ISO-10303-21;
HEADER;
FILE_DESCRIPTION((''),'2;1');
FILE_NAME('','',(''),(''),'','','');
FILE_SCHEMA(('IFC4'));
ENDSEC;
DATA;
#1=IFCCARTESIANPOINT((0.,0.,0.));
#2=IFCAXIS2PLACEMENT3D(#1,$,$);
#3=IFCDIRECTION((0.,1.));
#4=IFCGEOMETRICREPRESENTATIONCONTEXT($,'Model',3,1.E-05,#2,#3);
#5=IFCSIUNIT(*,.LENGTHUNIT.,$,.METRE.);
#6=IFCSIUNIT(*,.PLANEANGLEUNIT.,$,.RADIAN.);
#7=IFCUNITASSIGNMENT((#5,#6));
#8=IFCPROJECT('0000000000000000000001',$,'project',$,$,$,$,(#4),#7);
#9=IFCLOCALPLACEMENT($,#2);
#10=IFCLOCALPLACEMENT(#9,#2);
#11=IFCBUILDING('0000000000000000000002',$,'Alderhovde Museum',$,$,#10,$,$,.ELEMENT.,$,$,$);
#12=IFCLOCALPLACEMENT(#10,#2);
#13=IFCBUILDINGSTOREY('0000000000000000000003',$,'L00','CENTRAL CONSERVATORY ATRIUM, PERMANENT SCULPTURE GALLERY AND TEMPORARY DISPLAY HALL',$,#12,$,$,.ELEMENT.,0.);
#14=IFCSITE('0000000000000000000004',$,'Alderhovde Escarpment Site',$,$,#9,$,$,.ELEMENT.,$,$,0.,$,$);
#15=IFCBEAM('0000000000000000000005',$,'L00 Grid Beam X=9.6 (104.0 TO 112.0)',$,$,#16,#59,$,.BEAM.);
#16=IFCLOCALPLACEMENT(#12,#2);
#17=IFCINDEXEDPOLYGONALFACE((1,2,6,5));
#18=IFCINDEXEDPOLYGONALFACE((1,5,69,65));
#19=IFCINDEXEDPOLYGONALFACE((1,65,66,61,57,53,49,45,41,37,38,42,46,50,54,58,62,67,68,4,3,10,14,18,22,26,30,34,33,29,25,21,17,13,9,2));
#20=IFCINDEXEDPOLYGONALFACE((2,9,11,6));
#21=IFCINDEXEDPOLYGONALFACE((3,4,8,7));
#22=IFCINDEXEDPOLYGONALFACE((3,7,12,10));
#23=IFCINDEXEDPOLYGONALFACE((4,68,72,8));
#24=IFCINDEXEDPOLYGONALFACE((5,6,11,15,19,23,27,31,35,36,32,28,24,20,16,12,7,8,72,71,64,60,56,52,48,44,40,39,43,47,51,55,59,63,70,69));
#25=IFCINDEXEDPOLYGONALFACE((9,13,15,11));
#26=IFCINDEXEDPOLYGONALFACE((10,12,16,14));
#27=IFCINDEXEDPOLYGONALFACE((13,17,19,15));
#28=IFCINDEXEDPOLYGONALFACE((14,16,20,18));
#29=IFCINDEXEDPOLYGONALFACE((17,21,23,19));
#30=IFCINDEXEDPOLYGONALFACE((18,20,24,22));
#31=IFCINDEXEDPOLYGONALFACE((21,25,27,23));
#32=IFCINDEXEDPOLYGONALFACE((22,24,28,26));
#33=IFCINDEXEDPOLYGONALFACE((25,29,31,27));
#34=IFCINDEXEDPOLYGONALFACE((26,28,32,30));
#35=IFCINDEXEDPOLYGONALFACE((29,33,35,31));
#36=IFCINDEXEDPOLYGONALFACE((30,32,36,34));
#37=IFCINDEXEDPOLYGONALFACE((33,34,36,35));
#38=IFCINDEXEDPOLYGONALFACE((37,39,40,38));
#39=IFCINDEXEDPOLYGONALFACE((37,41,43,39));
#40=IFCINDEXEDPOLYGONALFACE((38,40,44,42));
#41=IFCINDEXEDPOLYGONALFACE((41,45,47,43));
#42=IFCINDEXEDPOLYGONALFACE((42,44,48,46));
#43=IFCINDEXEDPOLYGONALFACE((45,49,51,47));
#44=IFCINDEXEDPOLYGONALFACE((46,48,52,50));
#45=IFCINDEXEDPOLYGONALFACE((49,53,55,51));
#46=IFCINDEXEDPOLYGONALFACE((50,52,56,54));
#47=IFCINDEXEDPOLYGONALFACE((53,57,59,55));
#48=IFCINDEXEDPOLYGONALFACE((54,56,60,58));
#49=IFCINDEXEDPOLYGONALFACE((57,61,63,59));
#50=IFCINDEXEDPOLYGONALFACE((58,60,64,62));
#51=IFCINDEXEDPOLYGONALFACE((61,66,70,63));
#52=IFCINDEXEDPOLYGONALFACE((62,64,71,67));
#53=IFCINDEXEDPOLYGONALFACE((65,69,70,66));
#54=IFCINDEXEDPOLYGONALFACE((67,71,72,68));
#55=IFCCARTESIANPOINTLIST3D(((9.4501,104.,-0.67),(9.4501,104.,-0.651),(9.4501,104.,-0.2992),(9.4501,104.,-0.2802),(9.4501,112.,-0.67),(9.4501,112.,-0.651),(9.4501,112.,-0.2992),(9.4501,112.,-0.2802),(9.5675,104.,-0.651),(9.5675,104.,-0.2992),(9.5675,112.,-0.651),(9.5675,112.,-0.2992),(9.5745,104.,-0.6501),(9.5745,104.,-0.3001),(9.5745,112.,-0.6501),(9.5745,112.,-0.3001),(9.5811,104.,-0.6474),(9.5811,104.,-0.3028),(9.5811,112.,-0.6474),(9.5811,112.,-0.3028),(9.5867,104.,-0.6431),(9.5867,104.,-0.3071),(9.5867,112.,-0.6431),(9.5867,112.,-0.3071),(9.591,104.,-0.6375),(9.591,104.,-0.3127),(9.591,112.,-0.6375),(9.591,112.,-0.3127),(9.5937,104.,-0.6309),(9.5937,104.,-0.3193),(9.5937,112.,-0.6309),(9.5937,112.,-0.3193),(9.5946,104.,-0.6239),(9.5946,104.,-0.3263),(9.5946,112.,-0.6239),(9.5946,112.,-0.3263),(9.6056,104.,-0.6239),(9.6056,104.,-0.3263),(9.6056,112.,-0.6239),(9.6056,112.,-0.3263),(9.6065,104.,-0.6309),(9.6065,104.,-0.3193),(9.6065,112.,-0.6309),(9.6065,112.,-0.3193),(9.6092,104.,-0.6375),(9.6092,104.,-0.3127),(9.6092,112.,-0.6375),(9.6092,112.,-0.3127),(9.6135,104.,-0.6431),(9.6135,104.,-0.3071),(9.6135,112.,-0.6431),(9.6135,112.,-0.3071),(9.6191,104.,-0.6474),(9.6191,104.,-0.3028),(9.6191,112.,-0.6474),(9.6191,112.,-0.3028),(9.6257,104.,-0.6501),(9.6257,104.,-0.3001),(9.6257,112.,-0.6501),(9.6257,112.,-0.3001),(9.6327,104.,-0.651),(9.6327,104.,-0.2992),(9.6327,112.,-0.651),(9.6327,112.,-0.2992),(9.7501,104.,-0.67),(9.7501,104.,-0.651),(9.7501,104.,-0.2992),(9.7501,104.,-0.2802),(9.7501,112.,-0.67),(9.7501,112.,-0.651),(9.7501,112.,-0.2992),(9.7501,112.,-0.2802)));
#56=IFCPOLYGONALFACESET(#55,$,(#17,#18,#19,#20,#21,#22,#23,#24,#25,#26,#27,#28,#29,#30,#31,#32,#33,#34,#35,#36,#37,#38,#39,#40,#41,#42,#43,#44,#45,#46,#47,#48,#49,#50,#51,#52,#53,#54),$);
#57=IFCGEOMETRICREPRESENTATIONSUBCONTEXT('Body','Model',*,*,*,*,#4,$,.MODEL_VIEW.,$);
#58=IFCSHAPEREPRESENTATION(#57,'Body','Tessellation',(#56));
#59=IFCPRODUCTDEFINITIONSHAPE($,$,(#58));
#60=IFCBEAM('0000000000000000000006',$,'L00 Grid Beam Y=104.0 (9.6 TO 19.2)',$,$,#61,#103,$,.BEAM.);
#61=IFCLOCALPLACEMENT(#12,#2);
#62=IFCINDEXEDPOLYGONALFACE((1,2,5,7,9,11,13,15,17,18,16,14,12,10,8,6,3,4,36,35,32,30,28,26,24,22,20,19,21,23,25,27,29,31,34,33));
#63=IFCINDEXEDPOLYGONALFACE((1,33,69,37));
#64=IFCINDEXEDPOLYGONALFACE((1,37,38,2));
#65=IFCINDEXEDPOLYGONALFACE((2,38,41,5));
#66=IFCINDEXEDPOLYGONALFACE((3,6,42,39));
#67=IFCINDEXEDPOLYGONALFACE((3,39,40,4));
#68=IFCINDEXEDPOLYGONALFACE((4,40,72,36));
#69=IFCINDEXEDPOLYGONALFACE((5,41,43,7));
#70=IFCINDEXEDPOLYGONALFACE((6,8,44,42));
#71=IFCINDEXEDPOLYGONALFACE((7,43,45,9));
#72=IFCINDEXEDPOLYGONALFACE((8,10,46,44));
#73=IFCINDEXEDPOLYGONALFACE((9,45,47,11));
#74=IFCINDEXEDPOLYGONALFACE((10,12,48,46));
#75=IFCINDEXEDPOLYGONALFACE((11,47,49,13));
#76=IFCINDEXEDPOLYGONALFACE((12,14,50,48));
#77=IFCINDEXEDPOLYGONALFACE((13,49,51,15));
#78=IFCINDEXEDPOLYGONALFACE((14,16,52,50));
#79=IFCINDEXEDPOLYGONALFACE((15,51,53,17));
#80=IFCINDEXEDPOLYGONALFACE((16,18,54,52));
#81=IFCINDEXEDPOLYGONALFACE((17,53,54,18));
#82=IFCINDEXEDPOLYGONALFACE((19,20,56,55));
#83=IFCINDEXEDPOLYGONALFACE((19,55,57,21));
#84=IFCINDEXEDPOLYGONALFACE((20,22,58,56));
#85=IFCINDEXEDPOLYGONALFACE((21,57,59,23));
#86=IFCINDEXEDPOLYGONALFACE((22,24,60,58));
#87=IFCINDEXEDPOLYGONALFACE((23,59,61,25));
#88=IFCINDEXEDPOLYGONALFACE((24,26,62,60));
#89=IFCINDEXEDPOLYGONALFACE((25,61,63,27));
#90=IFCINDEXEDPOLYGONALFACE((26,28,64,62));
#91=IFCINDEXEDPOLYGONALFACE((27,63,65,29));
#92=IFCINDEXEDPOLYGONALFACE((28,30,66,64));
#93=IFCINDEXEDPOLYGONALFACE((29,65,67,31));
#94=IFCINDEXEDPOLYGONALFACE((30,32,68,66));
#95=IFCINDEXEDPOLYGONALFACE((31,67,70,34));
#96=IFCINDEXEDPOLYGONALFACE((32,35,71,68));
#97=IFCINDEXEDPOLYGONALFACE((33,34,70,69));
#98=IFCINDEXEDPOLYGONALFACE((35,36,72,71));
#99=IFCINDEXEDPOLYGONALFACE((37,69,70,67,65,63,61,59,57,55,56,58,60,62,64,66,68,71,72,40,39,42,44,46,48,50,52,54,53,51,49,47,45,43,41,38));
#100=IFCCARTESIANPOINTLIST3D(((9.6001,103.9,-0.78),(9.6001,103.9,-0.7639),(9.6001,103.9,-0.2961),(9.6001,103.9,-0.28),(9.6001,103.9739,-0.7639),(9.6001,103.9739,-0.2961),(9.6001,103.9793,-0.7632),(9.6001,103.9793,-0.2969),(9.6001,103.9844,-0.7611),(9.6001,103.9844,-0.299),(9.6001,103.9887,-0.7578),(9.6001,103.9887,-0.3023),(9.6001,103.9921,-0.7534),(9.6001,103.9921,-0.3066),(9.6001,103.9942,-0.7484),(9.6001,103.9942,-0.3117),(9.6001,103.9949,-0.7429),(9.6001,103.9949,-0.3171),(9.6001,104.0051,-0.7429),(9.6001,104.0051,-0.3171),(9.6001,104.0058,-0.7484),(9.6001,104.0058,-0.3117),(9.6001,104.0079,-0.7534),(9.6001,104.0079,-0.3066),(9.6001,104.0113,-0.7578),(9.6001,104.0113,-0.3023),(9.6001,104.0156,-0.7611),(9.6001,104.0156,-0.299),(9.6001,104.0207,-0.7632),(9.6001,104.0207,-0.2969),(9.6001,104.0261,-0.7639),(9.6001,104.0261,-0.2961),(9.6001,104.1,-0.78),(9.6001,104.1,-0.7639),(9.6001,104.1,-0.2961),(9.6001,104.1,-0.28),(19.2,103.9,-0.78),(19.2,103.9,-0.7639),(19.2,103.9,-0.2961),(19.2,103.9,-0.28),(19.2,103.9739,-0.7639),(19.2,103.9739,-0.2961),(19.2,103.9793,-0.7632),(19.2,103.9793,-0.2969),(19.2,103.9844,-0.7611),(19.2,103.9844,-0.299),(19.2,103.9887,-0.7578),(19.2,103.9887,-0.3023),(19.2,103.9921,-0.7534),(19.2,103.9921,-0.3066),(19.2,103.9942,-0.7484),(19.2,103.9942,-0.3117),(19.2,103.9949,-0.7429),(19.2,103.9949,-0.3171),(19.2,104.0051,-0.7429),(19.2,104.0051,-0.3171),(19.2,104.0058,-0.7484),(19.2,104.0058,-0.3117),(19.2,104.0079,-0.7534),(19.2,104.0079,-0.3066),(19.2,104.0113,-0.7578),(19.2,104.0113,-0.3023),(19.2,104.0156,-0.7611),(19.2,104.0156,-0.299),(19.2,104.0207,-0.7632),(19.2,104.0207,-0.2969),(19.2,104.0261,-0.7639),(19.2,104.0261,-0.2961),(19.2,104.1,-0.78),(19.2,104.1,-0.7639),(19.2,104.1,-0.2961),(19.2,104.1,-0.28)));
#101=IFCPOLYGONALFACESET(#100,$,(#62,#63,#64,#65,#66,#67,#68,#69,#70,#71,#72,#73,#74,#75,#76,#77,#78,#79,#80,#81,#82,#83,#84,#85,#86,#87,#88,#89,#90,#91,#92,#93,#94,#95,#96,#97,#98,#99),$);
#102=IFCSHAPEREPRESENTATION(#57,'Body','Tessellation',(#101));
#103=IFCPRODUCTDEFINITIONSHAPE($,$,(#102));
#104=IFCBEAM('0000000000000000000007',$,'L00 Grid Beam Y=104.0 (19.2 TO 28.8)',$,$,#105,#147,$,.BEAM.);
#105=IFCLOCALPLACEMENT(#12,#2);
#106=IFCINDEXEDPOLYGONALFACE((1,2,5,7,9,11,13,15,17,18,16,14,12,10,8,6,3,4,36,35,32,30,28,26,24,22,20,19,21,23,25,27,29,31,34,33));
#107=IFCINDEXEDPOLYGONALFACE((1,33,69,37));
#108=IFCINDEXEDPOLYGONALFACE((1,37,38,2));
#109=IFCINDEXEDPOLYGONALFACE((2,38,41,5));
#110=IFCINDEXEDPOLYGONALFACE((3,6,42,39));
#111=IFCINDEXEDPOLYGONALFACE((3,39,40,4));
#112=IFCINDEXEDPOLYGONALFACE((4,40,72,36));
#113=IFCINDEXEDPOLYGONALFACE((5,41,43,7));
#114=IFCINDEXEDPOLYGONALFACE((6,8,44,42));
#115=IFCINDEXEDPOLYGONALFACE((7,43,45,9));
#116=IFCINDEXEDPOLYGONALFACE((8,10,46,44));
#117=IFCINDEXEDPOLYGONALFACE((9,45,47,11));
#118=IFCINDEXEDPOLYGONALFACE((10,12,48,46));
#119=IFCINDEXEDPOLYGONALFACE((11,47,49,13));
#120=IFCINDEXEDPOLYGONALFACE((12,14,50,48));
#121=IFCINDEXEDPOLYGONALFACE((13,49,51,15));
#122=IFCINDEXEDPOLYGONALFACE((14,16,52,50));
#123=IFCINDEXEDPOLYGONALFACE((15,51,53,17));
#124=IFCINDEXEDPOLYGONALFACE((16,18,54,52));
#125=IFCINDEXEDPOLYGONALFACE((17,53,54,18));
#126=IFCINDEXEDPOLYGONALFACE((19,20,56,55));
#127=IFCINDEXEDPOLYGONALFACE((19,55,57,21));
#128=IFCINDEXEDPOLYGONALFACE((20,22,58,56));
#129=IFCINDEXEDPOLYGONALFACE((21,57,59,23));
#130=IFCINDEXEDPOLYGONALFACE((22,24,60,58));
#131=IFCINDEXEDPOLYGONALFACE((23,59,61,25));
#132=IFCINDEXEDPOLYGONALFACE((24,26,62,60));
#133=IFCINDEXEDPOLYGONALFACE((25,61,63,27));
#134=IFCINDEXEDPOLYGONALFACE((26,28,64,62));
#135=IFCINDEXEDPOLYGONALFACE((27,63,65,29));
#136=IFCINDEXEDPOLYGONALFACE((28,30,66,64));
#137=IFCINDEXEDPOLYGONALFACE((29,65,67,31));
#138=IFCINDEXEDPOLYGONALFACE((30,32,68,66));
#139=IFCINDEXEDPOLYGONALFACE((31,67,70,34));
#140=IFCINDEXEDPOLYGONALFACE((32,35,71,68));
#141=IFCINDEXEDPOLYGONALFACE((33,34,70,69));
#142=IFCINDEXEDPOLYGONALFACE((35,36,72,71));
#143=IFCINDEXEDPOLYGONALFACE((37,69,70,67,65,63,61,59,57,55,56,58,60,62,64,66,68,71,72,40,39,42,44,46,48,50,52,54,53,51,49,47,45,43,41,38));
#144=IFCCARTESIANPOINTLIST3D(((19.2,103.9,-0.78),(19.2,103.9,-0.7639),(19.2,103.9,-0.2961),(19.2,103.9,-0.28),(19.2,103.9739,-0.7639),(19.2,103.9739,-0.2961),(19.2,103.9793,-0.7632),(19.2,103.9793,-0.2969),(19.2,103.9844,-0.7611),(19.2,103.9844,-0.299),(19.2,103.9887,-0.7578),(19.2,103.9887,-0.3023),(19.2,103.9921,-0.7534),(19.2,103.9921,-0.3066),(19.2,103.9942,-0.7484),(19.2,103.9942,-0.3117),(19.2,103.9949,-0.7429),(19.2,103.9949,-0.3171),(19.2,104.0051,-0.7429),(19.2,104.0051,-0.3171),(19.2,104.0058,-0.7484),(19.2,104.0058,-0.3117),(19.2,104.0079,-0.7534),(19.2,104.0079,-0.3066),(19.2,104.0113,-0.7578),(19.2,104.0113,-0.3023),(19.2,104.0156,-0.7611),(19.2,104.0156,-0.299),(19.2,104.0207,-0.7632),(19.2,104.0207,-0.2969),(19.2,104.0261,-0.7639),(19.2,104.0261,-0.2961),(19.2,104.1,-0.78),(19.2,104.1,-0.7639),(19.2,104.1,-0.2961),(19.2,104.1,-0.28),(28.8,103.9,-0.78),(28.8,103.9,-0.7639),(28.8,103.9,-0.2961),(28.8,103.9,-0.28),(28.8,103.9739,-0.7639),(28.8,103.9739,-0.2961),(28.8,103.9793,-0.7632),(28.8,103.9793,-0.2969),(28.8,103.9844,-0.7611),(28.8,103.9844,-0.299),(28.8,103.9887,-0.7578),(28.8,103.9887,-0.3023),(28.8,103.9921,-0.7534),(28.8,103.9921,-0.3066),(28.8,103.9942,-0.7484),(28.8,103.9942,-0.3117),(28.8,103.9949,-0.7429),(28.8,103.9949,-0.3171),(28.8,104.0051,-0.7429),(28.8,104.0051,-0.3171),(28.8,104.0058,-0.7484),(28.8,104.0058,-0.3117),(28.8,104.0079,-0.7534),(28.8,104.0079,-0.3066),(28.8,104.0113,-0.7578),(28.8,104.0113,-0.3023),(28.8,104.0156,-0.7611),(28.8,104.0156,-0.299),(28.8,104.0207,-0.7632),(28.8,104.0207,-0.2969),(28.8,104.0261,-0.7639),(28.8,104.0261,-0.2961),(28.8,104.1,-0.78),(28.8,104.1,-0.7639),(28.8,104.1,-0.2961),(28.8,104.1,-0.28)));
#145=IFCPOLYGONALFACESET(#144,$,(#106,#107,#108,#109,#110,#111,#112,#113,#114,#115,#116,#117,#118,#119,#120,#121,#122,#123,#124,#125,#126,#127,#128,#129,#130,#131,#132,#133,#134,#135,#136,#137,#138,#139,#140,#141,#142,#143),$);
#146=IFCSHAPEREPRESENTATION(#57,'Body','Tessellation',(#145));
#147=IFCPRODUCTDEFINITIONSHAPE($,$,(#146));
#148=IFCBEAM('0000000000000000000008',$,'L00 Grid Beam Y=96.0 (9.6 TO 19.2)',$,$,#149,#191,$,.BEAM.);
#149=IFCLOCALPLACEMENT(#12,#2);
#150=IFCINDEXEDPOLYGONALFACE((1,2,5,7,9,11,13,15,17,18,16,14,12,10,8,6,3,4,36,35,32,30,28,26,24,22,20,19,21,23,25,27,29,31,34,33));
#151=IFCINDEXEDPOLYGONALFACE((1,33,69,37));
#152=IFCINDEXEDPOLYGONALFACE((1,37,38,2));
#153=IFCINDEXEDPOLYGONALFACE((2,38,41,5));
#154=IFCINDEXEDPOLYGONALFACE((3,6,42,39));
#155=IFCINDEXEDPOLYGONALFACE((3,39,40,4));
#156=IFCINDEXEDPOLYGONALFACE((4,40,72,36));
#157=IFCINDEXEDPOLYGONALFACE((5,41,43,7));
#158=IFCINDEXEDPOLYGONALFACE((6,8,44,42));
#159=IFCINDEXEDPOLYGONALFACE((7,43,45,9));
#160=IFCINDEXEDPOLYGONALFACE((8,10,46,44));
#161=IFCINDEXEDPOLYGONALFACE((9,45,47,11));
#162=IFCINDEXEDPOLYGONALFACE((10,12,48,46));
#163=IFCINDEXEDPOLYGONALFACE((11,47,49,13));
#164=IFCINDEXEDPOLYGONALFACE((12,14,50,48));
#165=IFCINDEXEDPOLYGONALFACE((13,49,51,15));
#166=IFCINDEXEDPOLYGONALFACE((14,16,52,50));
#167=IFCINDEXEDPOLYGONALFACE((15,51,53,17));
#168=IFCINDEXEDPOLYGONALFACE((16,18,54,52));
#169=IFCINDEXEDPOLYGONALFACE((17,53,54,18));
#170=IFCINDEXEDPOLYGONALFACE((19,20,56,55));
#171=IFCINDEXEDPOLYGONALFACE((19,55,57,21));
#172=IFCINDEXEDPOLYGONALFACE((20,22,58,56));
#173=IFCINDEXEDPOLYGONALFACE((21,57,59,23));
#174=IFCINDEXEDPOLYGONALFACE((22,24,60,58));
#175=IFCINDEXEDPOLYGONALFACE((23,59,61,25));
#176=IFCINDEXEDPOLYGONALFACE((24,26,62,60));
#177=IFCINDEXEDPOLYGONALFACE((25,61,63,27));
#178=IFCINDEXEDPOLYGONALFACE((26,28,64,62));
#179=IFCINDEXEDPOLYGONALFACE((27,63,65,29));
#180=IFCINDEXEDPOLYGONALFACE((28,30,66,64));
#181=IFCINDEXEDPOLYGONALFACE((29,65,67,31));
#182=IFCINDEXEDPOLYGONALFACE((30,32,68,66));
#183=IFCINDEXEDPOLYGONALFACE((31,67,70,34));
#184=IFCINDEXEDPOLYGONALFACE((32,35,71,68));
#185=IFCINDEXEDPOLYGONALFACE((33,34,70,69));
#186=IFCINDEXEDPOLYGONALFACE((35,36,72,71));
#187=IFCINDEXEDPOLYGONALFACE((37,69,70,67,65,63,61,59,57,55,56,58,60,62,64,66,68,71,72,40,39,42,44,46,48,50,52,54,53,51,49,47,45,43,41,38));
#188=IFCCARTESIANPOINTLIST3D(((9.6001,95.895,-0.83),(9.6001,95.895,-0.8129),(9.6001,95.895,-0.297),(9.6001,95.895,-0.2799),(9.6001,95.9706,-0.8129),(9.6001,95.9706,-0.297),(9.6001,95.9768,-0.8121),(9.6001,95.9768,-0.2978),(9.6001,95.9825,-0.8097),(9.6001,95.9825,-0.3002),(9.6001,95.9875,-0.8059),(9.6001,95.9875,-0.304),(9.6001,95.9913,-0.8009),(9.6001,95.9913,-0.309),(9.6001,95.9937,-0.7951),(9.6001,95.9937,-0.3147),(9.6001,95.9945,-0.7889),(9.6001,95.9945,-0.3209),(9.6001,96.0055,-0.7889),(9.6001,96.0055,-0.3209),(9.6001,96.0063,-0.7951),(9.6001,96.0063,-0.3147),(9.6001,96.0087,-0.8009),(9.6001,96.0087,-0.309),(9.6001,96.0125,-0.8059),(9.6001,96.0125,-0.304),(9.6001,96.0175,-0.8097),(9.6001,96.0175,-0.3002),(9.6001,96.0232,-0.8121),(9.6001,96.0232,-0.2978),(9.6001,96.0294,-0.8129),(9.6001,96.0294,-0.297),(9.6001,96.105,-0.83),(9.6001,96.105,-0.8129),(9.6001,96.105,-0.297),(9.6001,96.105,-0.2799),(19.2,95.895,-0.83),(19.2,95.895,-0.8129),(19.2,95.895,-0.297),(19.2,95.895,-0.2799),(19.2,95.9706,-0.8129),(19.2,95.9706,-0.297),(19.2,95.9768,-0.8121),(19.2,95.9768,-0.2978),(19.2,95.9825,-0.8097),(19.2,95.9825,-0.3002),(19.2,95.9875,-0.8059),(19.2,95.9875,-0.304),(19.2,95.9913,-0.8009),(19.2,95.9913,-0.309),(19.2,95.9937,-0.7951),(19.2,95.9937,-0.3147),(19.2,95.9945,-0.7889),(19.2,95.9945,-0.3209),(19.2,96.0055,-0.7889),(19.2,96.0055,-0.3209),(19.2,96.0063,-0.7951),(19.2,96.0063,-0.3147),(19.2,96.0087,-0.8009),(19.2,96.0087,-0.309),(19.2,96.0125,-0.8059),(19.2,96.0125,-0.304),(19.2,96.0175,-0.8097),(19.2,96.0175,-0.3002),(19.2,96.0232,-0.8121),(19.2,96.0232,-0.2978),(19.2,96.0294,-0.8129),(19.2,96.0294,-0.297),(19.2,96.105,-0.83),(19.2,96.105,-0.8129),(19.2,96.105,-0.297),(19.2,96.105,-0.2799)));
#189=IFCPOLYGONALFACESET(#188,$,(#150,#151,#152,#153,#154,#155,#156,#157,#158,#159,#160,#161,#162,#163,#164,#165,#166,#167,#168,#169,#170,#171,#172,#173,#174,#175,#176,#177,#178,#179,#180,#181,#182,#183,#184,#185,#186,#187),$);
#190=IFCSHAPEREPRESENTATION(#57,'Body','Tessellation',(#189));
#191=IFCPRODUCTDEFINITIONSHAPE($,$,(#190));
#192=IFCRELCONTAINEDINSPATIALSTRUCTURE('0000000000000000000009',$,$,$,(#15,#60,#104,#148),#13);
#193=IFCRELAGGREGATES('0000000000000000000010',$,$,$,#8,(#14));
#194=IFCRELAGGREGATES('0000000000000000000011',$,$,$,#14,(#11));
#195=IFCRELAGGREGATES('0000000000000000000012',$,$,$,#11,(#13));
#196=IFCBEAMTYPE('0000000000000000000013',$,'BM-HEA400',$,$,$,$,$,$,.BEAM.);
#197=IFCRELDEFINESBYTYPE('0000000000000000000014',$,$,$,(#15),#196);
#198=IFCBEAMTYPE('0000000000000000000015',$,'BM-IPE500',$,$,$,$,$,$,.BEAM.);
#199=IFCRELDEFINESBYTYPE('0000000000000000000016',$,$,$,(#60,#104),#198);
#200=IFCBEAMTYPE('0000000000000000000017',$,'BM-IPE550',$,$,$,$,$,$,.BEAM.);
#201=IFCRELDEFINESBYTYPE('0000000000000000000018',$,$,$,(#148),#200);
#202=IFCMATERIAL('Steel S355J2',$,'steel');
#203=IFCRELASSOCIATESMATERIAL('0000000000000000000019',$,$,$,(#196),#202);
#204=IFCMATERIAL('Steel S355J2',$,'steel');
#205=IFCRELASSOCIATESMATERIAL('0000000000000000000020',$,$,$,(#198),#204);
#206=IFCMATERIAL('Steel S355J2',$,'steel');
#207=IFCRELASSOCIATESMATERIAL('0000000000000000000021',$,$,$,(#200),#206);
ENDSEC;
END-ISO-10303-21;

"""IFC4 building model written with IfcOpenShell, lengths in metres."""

from ifc_helpers import new_model, si_unit, direction, frame, origin, origin_2d, place, context, subcontext, project, spatial, i_section, extrude, material, material_profile, profile_set, type_object, element, save


model = new_model("IFC4")

# Units and contexts
model_context = context("Model", 3, precision=1e-05, world=origin(), true_north=direction((0.0, 1.0)))
body_context = subcontext(model_context, "Body", "Model", "MODEL_VIEW")
ifc_project = project(units=[si_unit("LENGTHUNIT", "METRE"), si_unit("PLANEANGLEUNIT", "RADIAN")], contexts=[model_context])

# Site, building, storey
site_placement = place(None, origin())
site = spatial("IfcSite", under=ifc_project, at=site_placement, Name="Alderhovde Escarpment Site", CompositionType="ELEMENT", RefElevation=0.0)
building_placement = place(site_placement, origin())
building = spatial("IfcBuilding", under=site, at=building_placement, Name="Alderhovde Museum", CompositionType="ELEMENT")
storey_placement = place(building_placement, origin())
storey = spatial("IfcBuildingStorey", under=building, at=storey_placement, Name="L00", Description="CENTRAL CONSERVATORY ATRIUM, PERMANENT SCULPTURE GALLERY AND TEMPORARY DISPLAY HALL", CompositionType="ELEMENT", Elevation=0.0)

# Beams
ifc_material_1 = material(Name="Steel S355J2", Category="steel")
ifc_material_profile_1 = material_profile(ifc_material_1, i_section(OverallWidth=0.3, OverallDepth=0.3899, WebThickness=0.011, FlangeThickness=0.019, FilletRadius=0.0271, at=origin_2d()), Name="HEA 400")
ifc_profile_set_1 = profile_set([ifc_material_profile_1], Name="Steel S355J2")
beam_type_1 = type_object("IfcBeamType", Name="BM-HEA400", PredefinedType="BEAM", material=ifc_profile_set_1)
for number, where, z_axis, x_axis, name in (
    (1, (9.6001, 104.0, -0.4751), (0.0, 1.0, 0.0), (-1.0, 0.0, 0.0), "L00 Grid Beam X=9.6 (104.0 TO 112.0)"),
):
    element("IfcBeam", number, at=place(storey_placement, frame(where, z_axis=z_axis, x_axis=x_axis)), inside=storey, type_object=beam_type_1, Name=name, PredefinedType="BEAM", context=body_context, shape_type="SweptSolid", body=[
        extrude(i_section(OverallWidth=0.3, OverallDepth=0.3899, WebThickness=0.011, FlangeThickness=0.019, FilletRadius=0.0271, at=origin_2d()), origin(), (0.0, 0.0, 1.0), 8.0),
    ])
ifc_material_2 = material(Name="Steel S355J2", Category="steel")
ifc_material_profile_2 = material_profile(ifc_material_2, i_section(OverallWidth=0.2, OverallDepth=0.5, WebThickness=0.0103, FlangeThickness=0.0161, FilletRadius=0.021, at=origin_2d()), Name="IPE 500")
ifc_profile_set_2 = profile_set([ifc_material_profile_2], Name="Steel S355J2")
beam_type_2 = type_object("IfcBeamType", Name="BM-IPE500", PredefinedType="BEAM", material=ifc_profile_set_2)
beam_1_placement = place(storey_placement, frame((9.6001, 104.0, -0.53), z_axis=(1.0, 0.0, 0.0), x_axis=(0.0, 1.0, 0.0)))
element("IfcBeam", 2, at=beam_1_placement, inside=storey, type_object=beam_type_2, Name="L00 Grid Beam Y=104.0 (9.6 TO 19.2)", PredefinedType="BEAM", context=body_context, shape_type="SweptSolid", body=[
    extrude(i_section(OverallWidth=0.2, OverallDepth=0.5, WebThickness=0.0103, FlangeThickness=0.0161, FilletRadius=0.021, at=origin_2d()), origin(), (0.0, 0.0, 1.0), 9.5999),
])
beam_2_placement = place(storey_placement, frame((19.2, 104.0, -0.53), z_axis=(1.0, 0.0, 0.0), x_axis=(0.0, 1.0, 0.0)))
element("IfcBeam", 3, at=beam_2_placement, inside=storey, type_object=beam_type_2, Name="L00 Grid Beam Y=104.0 (19.2 TO 28.8)", PredefinedType="BEAM", context=body_context, shape_type="SweptSolid", body=[
    extrude(i_section(OverallWidth=0.2, OverallDepth=0.5, WebThickness=0.0103, FlangeThickness=0.0161, FilletRadius=0.021, at=origin_2d()), origin(), (0.0, 0.0, 1.0), 9.6001),
])
ifc_material_3 = material(Name="Steel S355J2", Category="steel")
ifc_material_profile_3 = material_profile(ifc_material_3, i_section(OverallWidth=0.21, OverallDepth=0.55, WebThickness=0.011, FlangeThickness=0.0171, FilletRadius=0.0239, at=origin_2d()), Name="IPE 550")
ifc_profile_set_3 = profile_set([ifc_material_profile_3], Name="Steel S355J2")
beam_type_3 = type_object("IfcBeamType", Name="BM-IPE550", PredefinedType="BEAM", material=ifc_profile_set_3)
beam_3_placement = place(storey_placement, frame((9.6001, 96.0, -0.5549), z_axis=(1.0, 0.0, 0.0), x_axis=(0.0, 1.0, 0.0)))
element("IfcBeam", 4, at=beam_3_placement, inside=storey, type_object=beam_type_3, Name="L00 Grid Beam Y=96.0 (9.6 TO 19.2)", PredefinedType="BEAM", context=body_context, shape_type="SweptSolid", body=[
    extrude(i_section(OverallWidth=0.21, OverallDepth=0.55, WebThickness=0.011, FlangeThickness=0.0171, FilletRadius=0.0239, at=origin_2d()), origin(), (0.0, 0.0, 1.0), 9.5999),
])

save(model, "model.ifc")
